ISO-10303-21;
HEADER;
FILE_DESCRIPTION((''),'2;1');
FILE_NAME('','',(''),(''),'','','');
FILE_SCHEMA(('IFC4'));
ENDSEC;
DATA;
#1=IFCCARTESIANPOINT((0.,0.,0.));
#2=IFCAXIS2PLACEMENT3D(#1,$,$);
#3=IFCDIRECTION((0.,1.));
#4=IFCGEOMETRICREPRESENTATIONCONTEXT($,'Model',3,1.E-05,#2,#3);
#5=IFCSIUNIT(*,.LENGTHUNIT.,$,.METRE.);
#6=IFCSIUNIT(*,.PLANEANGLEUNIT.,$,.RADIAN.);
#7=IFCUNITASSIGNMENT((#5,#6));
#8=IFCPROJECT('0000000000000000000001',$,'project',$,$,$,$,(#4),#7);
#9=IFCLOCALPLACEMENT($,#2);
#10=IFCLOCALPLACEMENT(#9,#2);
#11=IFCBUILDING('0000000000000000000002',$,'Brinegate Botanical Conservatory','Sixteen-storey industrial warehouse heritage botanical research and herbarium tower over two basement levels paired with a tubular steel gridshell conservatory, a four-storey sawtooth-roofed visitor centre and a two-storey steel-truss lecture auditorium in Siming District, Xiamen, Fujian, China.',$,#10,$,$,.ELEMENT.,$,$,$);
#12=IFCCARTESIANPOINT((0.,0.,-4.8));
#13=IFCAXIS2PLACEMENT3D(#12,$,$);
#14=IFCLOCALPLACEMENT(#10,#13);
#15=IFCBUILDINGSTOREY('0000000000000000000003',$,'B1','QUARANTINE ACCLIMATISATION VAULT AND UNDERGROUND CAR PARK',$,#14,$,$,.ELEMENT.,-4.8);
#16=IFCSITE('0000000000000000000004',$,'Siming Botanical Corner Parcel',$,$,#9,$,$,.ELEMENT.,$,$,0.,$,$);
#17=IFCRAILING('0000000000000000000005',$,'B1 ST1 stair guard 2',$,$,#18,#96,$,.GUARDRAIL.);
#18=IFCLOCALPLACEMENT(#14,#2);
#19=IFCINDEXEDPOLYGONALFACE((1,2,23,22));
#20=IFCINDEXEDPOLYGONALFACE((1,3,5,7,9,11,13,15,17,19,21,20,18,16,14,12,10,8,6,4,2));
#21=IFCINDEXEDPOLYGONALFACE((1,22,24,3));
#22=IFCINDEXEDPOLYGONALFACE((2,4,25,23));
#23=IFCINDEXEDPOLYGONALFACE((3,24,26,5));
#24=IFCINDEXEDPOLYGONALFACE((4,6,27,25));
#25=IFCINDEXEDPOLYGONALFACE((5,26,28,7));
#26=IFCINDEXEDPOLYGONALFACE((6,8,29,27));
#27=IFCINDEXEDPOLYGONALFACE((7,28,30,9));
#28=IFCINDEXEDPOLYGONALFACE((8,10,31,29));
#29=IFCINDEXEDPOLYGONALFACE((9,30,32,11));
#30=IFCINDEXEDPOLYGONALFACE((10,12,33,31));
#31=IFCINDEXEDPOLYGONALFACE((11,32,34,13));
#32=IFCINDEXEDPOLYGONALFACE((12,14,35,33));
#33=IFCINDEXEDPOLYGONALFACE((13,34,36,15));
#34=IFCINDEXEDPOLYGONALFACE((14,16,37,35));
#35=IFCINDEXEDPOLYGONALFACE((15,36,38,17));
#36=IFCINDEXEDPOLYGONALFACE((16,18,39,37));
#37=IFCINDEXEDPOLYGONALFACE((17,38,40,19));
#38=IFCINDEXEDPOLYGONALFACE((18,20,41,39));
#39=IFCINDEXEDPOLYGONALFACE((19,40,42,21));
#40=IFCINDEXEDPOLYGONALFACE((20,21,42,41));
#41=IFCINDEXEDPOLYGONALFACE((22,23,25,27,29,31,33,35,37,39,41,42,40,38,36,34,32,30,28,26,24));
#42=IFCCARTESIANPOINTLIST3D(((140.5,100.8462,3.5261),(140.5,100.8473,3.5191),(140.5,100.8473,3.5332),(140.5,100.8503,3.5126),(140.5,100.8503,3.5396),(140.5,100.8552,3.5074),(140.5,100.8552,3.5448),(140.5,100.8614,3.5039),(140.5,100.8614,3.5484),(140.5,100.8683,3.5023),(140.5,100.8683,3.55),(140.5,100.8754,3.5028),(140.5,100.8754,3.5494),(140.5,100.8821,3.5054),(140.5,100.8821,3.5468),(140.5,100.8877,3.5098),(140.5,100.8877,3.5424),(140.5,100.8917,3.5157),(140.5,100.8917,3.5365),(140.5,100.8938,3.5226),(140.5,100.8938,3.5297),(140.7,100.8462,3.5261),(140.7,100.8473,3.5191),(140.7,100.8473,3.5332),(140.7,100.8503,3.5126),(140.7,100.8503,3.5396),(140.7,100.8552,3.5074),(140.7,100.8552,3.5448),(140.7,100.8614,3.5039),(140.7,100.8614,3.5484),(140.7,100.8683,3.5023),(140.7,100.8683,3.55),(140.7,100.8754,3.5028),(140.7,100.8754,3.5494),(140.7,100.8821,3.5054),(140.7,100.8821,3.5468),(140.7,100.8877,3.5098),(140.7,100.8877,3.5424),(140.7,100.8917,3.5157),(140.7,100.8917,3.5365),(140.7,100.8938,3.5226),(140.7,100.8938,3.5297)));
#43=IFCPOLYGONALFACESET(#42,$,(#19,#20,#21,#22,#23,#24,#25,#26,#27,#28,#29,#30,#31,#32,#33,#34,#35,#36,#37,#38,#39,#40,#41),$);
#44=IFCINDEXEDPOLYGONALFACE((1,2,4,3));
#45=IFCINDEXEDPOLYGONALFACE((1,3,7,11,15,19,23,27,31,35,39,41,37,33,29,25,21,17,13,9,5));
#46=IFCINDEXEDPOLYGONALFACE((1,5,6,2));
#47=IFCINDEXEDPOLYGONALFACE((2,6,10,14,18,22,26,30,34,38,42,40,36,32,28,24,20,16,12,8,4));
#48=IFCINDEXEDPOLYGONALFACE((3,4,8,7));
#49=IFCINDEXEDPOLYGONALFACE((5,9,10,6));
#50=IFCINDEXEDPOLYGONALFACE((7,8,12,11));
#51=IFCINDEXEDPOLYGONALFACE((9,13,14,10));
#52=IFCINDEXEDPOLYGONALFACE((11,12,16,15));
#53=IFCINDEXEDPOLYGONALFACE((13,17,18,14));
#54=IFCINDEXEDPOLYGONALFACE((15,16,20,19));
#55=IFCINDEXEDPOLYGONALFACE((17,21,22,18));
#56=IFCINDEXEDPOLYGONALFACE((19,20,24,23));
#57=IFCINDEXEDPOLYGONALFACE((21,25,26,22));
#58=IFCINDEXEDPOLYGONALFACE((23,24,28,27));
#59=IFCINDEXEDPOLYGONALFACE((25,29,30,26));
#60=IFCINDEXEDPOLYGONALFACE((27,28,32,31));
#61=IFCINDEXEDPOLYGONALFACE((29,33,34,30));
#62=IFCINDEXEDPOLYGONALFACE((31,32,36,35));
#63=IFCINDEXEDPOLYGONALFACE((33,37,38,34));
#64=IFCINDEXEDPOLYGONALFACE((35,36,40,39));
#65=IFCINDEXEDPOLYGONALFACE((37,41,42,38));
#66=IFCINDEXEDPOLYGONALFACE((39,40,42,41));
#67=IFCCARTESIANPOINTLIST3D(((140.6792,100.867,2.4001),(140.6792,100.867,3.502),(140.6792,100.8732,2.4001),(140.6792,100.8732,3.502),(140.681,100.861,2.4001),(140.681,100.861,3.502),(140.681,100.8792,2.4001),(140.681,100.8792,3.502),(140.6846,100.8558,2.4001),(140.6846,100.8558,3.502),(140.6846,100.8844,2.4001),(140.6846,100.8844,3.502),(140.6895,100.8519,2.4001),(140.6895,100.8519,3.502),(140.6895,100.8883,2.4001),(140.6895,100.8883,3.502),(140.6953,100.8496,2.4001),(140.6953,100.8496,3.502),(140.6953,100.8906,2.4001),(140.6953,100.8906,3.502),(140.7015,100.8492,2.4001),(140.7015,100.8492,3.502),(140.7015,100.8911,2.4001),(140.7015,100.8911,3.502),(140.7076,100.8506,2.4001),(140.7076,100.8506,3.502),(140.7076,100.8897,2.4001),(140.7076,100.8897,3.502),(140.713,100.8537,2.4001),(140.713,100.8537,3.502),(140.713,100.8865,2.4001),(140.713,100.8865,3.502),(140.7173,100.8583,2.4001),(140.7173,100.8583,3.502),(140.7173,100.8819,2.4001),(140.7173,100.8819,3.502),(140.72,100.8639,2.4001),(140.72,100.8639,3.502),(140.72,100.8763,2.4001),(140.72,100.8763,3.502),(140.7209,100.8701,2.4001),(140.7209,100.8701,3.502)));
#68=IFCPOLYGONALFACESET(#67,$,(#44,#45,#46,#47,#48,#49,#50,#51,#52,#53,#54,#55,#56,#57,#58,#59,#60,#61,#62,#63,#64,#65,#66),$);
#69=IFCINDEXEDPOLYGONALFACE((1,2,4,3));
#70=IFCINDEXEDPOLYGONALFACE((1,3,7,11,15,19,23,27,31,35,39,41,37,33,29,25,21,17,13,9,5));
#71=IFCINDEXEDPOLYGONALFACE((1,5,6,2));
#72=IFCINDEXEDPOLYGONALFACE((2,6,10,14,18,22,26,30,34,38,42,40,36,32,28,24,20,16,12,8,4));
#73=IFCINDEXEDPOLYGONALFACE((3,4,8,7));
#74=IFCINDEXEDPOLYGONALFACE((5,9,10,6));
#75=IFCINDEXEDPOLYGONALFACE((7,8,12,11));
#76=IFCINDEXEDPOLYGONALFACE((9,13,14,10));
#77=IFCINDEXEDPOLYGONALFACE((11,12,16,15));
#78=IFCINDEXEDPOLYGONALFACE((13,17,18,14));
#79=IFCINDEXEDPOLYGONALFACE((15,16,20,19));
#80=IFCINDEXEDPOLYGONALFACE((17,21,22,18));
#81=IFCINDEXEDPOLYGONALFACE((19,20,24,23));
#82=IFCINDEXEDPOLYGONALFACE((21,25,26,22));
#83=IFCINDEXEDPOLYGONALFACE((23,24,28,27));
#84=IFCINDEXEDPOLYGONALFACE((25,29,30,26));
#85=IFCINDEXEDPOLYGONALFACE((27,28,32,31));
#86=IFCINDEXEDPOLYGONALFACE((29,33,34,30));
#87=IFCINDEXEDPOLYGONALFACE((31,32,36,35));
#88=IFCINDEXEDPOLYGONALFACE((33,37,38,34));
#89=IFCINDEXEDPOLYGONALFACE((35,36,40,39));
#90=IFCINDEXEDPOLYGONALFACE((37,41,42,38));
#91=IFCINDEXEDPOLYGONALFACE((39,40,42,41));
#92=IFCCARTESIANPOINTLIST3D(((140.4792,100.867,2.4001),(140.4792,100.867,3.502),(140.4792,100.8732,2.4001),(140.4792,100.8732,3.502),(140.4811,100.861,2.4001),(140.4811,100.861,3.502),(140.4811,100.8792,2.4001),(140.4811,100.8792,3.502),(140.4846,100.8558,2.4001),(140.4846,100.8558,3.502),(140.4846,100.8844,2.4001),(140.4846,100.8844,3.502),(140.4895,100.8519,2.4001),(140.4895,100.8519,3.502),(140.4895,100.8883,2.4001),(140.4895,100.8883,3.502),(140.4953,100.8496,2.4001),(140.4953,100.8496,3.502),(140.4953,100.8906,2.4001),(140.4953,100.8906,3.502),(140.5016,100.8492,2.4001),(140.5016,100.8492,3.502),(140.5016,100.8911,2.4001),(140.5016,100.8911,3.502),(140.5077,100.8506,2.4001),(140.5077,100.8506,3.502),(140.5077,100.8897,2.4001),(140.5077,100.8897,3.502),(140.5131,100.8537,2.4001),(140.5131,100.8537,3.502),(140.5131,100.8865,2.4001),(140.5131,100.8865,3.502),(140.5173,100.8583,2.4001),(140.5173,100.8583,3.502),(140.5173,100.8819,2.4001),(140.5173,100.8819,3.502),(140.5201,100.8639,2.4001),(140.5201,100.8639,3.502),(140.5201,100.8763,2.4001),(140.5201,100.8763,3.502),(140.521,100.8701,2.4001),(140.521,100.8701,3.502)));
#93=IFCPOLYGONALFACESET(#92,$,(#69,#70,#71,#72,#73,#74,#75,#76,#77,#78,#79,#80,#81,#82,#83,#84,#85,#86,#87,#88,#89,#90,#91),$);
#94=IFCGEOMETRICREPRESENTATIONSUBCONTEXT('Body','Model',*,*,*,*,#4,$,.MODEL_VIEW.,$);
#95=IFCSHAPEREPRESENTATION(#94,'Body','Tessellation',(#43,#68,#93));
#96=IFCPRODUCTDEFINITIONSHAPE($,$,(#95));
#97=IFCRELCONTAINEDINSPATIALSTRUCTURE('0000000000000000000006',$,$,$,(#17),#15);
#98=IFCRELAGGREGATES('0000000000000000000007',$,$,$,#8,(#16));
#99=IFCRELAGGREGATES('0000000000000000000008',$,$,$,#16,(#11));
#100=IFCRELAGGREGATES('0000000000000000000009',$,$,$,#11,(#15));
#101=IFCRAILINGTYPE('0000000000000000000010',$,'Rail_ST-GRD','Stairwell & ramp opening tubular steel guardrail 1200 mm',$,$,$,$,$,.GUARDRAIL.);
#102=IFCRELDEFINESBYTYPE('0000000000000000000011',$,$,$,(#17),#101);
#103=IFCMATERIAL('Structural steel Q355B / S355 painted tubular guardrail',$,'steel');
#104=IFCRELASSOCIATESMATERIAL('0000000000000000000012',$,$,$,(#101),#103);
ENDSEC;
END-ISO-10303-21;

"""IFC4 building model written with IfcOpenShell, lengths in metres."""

from ifc_helpers import new_model, si_unit, direction, frame, origin, origin_2d, place, context, subcontext, project, spatial, circle, extrude, material, type_object, element, save


model = new_model("IFC4")

# Units and contexts
model_context = context("Model", 3, precision=1e-05, world=origin(), true_north=direction((0.0, 1.0)))
body_context = subcontext(model_context, "Body", "Model", "MODEL_VIEW")
ifc_project = project(units=[si_unit("LENGTHUNIT", "METRE"), si_unit("PLANEANGLEUNIT", "RADIAN")], contexts=[model_context])

# Site, building, storey
site_placement = place(None, origin())
site = spatial("IfcSite", under=ifc_project, at=site_placement, Name="Siming Botanical Corner Parcel", CompositionType="ELEMENT", RefElevation=0.0)
building_placement = place(site_placement, origin())
building = spatial("IfcBuilding", under=site, at=building_placement, Name="Brinegate Botanical Conservatory", Description="Sixteen-storey industrial warehouse heritage botanical research and herbarium tower over two basement levels paired with a tubular steel gridshell conservatory, a four-storey sawtooth-roofed visitor centre and a two-storey steel-truss lecture auditorium in Siming District, Xiamen, Fujian, China.", CompositionType="ELEMENT")
storey_placement = place(building_placement, frame((0.0, 0.0, -4.8)))
storey = spatial("IfcBuildingStorey", under=building, at=storey_placement, Name="B1", Description="QUARANTINE ACCLIMATISATION VAULT AND UNDERGROUND CAR PARK", CompositionType="ELEMENT", Elevation=-4.8)

# Railing
ifc_material_1 = material(Name="Structural steel Q355B / S355 painted tubular guardrail", Category="steel")
railing_type_1 = type_object("IfcRailingType", Name="Rail_ST-GRD", Description="Stairwell & ramp opening tubular steel guardrail 1200 mm", PredefinedType="GUARDRAIL", material=ifc_material_1)
railing_1_placement = place(storey_placement, frame((140.7, 100.8701, 2.4001)))
element("IfcRailing", 1, at=railing_1_placement, inside=storey, type_object=railing_type_1, Name="B1 ST1 stair guard 2", PredefinedType="GUARDRAIL", context=body_context, shape_type="SweptSolid", body=[
    extrude(circle(Radius=0.0239, at=origin_2d()), frame((0.0, 0.0, 1.126), z_axis=(-1.0, 0.0, 0.0), x_axis=(0.0, -1.0, 0.0)), (0.0, 0.0, 1.0), 0.2),
    extrude(circle(Radius=0.021, at=origin_2d()), origin(), (0.0, 0.0, 1.0), 1.1018),
    extrude(circle(Radius=0.021, at=origin_2d()), frame((-0.2, 0.0, 0.0)), (0.0, 0.0, 1.0), 1.1018),
])

save(model, "model.ifc")
